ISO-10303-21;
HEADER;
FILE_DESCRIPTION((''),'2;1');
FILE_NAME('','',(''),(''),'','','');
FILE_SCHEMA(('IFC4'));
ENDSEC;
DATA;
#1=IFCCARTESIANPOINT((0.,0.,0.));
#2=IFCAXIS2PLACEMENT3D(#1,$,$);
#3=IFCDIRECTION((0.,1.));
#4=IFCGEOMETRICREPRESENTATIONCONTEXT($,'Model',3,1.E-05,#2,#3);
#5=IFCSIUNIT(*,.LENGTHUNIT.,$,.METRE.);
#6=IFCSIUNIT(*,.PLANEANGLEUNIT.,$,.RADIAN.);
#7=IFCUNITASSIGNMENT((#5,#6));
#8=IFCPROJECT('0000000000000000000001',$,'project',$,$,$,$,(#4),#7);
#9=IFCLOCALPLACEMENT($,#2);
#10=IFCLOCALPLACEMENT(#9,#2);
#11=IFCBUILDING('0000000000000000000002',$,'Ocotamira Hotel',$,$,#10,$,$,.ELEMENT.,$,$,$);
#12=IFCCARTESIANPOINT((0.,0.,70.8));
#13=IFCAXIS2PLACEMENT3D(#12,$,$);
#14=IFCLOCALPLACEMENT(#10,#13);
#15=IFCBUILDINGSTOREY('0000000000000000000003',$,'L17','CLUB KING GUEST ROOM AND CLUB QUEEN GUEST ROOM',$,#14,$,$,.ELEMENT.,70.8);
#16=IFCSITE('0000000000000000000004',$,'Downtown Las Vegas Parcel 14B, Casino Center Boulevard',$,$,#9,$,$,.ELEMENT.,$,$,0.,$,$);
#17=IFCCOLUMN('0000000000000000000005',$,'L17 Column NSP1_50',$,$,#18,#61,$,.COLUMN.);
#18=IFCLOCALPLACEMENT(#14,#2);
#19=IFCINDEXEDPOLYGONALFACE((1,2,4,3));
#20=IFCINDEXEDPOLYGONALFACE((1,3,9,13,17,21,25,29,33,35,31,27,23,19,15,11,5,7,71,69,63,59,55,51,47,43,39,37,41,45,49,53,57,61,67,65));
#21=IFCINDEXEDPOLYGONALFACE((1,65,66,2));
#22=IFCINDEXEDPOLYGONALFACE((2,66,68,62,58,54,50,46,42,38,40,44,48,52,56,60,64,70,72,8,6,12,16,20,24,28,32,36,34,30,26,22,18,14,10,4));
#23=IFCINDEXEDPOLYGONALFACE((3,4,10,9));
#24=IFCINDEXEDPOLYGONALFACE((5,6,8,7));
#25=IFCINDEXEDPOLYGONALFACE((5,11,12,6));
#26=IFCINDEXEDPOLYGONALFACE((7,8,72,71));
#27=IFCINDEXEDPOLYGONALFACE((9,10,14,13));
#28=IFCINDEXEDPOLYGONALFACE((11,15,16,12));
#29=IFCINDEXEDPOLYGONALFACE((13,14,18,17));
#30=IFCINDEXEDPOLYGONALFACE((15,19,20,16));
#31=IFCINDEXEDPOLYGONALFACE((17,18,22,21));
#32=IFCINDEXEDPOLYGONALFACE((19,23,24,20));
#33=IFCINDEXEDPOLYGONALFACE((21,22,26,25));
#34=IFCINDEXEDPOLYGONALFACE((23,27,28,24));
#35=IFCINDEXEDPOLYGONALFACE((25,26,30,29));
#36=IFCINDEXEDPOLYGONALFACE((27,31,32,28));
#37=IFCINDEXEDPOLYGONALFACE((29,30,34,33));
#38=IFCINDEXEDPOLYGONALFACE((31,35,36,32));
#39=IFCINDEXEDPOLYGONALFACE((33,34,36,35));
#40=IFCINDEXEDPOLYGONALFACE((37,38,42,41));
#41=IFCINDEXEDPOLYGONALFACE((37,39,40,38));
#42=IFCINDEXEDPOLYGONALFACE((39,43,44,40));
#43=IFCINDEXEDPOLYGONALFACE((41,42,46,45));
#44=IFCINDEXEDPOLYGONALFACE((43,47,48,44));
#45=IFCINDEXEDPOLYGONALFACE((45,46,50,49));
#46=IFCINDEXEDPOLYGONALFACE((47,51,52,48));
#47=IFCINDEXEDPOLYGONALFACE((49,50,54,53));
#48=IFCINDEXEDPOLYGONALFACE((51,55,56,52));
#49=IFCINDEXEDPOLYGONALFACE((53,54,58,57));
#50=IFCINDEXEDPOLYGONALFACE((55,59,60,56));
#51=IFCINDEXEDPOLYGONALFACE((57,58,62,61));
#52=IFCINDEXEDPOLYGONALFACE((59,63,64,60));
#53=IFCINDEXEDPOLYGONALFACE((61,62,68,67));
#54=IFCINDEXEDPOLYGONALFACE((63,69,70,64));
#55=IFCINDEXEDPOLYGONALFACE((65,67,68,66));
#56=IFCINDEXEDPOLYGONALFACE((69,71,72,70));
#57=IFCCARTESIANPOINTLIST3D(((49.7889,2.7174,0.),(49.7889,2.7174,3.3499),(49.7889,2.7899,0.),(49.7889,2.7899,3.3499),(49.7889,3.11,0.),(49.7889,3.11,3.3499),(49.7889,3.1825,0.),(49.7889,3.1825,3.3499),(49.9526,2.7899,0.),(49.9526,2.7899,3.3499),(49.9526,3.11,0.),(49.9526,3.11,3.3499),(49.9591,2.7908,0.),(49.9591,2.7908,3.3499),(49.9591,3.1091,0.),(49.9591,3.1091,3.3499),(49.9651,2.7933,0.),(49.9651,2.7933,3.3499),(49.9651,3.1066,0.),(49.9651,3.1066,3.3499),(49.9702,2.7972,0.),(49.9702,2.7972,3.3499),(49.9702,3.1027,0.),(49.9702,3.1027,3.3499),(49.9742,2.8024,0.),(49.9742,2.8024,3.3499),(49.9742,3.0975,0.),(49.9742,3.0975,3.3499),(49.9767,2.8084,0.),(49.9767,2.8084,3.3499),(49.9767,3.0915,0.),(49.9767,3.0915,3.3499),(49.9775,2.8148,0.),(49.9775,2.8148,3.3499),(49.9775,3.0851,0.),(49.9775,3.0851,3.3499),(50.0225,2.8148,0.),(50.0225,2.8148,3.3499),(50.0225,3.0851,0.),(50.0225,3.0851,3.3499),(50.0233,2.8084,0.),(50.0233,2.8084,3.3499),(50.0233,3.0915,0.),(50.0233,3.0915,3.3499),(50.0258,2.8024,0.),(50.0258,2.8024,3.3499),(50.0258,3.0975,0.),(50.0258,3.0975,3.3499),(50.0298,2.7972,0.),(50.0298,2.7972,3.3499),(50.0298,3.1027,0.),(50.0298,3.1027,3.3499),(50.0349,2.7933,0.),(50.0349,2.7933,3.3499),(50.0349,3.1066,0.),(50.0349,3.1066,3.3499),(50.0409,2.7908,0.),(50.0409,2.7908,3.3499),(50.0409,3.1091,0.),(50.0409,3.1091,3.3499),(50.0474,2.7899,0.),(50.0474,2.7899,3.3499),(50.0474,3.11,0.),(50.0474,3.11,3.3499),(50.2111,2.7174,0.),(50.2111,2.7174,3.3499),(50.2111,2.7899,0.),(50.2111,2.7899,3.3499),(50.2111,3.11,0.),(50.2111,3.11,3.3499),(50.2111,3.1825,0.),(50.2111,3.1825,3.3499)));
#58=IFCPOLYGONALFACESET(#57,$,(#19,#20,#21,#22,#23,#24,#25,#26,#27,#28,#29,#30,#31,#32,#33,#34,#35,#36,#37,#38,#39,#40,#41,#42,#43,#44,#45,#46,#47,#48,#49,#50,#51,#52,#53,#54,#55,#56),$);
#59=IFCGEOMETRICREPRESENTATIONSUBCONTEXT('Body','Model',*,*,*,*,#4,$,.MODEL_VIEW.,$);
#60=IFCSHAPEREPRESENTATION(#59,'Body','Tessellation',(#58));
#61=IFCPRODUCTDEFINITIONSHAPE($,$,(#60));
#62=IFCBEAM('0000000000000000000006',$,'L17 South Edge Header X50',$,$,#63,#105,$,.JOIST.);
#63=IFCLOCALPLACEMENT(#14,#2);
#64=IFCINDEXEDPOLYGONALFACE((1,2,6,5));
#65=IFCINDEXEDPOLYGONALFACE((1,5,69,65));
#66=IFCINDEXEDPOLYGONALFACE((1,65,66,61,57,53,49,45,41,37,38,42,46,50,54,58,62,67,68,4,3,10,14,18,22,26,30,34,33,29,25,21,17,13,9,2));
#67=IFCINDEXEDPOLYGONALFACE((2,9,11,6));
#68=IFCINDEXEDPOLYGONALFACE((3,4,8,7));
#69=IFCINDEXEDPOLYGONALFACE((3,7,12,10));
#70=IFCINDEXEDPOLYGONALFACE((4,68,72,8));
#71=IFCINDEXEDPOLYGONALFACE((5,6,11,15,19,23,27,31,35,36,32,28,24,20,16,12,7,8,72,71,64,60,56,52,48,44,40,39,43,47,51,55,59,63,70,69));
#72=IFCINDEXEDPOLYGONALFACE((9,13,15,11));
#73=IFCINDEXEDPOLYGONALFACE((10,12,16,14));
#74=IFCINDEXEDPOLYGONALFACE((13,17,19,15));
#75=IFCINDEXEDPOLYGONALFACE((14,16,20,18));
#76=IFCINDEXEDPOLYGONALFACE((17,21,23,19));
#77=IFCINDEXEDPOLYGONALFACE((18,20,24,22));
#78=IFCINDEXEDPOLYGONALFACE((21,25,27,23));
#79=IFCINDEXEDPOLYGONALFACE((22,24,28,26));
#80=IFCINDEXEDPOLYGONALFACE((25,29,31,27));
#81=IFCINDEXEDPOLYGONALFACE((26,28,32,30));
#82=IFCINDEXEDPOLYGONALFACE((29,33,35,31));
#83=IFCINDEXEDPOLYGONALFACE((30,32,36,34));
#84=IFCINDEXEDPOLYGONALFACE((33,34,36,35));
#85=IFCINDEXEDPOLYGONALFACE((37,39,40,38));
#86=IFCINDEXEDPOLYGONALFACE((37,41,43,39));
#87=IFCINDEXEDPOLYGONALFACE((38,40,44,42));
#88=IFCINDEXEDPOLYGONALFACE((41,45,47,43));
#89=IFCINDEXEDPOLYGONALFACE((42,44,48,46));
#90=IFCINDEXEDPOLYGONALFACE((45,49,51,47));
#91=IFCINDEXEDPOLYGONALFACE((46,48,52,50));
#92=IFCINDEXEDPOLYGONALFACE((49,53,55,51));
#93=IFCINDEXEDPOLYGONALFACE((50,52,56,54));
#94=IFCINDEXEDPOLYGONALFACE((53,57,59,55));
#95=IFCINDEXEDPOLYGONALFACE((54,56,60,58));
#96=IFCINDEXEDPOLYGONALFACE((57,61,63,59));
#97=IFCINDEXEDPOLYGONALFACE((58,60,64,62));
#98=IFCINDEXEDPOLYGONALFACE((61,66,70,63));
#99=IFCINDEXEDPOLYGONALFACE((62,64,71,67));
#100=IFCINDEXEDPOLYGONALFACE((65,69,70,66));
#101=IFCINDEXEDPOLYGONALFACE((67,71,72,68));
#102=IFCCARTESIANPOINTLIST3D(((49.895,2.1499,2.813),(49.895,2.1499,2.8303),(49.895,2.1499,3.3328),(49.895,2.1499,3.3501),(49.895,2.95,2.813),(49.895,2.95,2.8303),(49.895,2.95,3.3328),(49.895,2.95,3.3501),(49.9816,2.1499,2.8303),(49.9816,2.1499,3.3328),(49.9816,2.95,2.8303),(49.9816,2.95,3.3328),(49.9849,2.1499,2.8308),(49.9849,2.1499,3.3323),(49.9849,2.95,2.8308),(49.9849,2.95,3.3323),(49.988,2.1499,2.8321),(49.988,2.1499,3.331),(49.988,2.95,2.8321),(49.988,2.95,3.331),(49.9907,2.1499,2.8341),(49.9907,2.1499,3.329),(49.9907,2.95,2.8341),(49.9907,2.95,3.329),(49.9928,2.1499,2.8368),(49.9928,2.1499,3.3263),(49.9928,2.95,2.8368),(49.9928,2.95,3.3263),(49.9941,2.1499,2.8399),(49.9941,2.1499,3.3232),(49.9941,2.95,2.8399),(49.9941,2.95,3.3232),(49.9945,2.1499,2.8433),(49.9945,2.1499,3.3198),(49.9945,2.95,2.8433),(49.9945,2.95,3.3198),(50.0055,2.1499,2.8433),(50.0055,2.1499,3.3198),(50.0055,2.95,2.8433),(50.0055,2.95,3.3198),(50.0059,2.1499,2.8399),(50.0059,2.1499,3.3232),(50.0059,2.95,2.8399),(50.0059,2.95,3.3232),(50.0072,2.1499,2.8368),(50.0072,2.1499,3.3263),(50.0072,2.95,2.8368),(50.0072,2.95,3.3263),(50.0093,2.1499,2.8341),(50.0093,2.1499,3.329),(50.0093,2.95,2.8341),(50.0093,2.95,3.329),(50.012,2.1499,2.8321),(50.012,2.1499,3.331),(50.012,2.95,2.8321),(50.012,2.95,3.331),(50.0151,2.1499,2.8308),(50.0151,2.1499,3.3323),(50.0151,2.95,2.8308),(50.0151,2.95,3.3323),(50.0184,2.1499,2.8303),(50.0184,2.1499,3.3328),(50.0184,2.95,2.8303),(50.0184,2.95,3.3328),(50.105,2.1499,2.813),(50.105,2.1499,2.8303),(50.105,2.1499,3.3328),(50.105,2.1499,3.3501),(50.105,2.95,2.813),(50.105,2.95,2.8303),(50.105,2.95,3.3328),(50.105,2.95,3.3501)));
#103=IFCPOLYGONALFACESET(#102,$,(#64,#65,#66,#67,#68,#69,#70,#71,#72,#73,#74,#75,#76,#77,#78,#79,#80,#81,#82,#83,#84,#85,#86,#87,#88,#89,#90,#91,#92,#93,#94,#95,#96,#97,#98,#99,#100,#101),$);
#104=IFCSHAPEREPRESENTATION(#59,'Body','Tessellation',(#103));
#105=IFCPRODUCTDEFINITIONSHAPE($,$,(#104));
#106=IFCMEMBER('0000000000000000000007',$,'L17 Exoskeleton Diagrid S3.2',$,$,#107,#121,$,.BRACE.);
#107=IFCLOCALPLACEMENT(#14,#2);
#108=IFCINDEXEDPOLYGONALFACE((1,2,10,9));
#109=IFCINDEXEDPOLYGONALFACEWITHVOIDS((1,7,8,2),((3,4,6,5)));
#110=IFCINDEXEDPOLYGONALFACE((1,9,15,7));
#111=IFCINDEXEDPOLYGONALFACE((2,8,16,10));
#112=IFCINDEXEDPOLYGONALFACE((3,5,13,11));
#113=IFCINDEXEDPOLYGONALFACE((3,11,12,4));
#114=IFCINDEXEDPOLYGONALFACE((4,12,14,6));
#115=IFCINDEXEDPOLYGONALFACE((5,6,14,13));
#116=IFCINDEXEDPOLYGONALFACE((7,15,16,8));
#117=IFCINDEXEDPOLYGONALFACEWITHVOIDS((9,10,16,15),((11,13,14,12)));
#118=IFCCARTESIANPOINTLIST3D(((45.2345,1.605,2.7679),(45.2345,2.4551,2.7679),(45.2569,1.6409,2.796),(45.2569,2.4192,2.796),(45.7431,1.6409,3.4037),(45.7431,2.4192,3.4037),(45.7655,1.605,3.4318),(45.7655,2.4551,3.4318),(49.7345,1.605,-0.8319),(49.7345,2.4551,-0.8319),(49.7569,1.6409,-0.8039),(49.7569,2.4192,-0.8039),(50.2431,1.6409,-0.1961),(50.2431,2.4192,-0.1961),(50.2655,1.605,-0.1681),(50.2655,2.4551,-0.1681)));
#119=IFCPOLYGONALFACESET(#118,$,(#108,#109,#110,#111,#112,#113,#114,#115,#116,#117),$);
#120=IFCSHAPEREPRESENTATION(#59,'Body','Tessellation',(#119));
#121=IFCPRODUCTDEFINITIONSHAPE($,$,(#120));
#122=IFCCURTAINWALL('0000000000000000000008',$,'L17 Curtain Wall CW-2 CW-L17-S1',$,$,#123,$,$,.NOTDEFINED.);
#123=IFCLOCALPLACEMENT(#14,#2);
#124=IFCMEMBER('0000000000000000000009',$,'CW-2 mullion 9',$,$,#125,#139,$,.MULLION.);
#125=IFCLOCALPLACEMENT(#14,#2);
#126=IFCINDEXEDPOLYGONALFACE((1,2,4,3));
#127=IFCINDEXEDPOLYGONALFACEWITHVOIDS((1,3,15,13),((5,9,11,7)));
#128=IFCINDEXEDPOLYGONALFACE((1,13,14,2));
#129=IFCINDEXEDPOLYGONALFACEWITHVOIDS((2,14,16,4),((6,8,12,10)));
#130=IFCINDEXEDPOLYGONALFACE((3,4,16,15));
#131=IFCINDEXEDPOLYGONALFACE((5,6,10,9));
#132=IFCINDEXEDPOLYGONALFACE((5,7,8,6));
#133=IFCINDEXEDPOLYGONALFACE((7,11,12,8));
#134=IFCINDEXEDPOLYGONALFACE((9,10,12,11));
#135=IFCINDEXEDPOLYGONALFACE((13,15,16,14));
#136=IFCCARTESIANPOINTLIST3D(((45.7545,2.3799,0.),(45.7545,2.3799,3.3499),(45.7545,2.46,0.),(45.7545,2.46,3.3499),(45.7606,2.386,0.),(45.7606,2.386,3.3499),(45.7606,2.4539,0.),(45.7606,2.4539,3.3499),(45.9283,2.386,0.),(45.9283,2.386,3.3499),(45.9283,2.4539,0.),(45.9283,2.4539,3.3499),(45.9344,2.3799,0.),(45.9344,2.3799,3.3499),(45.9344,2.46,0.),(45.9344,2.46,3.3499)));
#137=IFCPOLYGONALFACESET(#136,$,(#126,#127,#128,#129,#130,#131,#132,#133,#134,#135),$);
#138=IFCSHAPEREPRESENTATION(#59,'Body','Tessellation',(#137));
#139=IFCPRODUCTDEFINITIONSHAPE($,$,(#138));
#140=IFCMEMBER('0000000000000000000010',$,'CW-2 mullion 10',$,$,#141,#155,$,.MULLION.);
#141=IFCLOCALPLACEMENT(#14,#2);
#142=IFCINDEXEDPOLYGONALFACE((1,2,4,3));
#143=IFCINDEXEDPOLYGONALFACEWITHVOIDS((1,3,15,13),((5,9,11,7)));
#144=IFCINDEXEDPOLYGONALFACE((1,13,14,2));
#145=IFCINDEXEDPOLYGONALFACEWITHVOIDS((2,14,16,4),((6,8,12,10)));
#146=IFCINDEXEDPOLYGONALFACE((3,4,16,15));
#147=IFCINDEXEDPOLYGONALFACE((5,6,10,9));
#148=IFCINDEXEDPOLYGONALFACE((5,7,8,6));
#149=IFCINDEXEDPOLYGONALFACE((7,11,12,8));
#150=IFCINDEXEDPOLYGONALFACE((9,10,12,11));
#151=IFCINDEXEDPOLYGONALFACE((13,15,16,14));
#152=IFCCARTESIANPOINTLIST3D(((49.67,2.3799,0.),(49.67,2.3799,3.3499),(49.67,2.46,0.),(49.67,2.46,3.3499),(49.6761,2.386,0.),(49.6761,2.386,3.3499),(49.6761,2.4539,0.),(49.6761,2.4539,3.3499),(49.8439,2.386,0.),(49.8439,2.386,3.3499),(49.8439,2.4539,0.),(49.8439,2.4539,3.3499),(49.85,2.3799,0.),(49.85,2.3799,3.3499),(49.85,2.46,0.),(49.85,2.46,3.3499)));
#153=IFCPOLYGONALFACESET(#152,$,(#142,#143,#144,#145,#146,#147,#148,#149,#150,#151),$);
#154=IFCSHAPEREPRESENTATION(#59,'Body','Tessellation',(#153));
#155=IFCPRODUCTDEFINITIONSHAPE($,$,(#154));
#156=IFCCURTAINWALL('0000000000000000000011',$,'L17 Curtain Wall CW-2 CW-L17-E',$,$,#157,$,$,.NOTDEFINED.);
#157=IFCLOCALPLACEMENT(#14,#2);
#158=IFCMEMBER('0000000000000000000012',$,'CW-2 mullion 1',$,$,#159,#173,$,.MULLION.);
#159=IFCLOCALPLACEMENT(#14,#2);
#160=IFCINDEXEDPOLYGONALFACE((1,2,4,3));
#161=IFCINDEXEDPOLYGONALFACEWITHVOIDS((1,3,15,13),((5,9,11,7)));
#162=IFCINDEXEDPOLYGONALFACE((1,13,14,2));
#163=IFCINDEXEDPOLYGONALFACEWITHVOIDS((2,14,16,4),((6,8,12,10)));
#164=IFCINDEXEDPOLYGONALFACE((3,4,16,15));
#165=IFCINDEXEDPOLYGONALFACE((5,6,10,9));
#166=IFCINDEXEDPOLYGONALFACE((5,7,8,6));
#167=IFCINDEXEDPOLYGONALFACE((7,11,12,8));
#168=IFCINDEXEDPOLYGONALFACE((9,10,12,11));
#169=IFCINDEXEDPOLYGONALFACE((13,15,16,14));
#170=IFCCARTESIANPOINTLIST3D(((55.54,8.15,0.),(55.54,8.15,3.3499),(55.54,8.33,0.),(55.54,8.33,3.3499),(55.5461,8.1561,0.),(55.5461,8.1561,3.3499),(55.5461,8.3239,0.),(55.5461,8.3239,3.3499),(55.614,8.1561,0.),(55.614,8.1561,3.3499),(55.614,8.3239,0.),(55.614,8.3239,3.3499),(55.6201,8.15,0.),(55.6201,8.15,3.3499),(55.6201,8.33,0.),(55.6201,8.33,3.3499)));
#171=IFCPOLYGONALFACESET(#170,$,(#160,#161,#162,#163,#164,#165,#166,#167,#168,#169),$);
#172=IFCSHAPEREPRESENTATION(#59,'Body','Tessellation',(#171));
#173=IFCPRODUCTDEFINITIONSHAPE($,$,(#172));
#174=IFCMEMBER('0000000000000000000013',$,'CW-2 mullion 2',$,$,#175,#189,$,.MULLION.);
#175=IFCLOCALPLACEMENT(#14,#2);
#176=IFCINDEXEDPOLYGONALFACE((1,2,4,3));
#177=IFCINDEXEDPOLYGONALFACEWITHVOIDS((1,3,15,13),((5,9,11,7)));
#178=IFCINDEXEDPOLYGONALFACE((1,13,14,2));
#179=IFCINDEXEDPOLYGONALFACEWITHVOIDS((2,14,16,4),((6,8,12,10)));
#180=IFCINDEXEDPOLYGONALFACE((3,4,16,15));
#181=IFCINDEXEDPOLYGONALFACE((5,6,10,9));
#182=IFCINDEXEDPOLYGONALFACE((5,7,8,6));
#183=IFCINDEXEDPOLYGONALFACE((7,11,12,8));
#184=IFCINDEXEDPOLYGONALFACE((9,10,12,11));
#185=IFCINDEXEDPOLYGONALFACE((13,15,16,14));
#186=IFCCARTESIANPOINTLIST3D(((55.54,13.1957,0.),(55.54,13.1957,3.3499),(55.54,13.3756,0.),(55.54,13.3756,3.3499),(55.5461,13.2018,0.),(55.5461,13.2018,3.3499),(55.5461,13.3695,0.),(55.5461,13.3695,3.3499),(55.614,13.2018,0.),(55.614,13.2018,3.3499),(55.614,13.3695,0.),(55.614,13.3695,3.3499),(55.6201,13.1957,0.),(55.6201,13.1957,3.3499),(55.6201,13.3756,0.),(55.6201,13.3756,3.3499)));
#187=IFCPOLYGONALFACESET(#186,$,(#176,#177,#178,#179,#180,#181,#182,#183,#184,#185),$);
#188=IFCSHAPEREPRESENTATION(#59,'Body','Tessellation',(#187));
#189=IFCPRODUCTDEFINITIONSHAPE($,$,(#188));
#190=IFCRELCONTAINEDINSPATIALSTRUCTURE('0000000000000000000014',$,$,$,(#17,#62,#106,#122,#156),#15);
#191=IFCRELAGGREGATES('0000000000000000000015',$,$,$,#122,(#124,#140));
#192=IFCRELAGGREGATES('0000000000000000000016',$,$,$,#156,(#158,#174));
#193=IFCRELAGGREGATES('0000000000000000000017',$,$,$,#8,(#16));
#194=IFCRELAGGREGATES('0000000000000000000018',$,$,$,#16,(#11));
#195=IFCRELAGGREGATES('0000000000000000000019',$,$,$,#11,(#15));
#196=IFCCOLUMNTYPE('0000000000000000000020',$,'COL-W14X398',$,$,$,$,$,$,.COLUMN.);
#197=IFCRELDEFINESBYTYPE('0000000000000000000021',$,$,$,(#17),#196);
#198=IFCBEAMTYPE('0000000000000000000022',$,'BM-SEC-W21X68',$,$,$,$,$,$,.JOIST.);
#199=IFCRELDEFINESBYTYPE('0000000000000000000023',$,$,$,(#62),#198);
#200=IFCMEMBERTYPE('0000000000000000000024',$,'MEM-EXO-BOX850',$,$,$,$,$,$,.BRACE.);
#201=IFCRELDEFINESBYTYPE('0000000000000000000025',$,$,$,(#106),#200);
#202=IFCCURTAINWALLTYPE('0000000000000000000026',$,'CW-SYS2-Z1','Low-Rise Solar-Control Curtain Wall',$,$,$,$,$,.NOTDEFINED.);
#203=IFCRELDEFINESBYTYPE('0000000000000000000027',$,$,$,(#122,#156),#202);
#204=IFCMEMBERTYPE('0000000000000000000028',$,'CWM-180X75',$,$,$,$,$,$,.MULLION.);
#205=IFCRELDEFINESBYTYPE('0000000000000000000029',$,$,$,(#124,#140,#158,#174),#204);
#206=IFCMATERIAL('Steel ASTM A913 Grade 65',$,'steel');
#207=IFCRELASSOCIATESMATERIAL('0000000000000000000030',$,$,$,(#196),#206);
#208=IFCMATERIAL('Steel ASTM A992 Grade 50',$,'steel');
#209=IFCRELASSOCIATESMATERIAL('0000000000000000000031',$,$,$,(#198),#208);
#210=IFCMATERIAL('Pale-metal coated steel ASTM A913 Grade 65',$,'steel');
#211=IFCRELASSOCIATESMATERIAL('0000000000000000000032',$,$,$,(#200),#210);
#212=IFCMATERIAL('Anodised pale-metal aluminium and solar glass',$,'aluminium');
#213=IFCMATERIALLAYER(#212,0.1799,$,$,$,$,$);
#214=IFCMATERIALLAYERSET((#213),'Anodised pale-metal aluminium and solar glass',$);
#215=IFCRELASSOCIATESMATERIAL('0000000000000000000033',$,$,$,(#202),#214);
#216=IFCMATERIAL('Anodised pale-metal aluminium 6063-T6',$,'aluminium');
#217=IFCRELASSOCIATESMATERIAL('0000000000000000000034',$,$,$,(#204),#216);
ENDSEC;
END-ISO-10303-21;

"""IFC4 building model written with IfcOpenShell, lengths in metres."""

from ifc_helpers import new_model, si_unit, direction, frame, origin, origin_2d, place, context, subcontext, project, spatial, hollow_rectangle, i_section, extrude, source, transform, mapped, material, layer, layer_set, material_profile, profile_set, type_object, element, aggregate, save


model = new_model("IFC4")

# Units and contexts
model_context = context("Model", 3, precision=1e-05, world=origin(), true_north=direction((0.0, 1.0)))
body_context = subcontext(model_context, "Body", "Model", "MODEL_VIEW")
ifc_project = project(units=[si_unit("LENGTHUNIT", "METRE"), si_unit("PLANEANGLEUNIT", "RADIAN")], contexts=[model_context])

# Site, building, storey
site_placement = place(None, origin())
site = spatial("IfcSite", under=ifc_project, at=site_placement, Name="Downtown Las Vegas Parcel 14B, Casino Center Boulevard", CompositionType="ELEMENT", RefElevation=0.0)
building_placement = place(site_placement, origin())
building = spatial("IfcBuilding", under=site, at=building_placement, Name="Ocotamira Hotel", CompositionType="ELEMENT")
storey_placement = place(building_placement, frame((0.0, 0.0, 70.8)))
storey = spatial("IfcBuildingStorey", under=building, at=storey_placement, Name="L17", Description="CLUB KING GUEST ROOM AND CLUB QUEEN GUEST ROOM", CompositionType="ELEMENT", Elevation=70.8)

# Column
ifc_material_1 = material(Name="Steel ASTM A913 Grade 65", Category="steel")
ifc_material_profile_1 = material_profile(ifc_material_1, i_section(OverallWidth=0.4221, OverallDepth=0.4651, WebThickness=0.0449, FlangeThickness=0.0725, FilletRadius=0.0249, at=origin_2d()), Name="W14X398")
ifc_profile_set_1 = profile_set([ifc_material_profile_1], Name="Steel ASTM A913 Grade 65")
column_type = type_object("IfcColumnType", Name="COL-W14X398", PredefinedType="COLUMN", material=ifc_profile_set_1)
shared_shape_1 = source(origin(), body_context, "Body", "SweptSolid", [
    extrude(i_section(OverallWidth=0.4221, OverallDepth=0.4651, WebThickness=0.0449, FlangeThickness=0.0725, FilletRadius=0.0249, at=origin_2d()), origin(), (0.0, 0.0, 1.0), 3.3499),
])
column_placement = place(storey_placement, frame((50.0, 2.95, 0.0), z_axis=(0.0, 0.0, 1.0), x_axis=(1.0, 0.0, 0.0)))
element("IfcColumn", 1, at=column_placement, inside=storey, type_object=column_type, Name="L17 Column NSP1_50", PredefinedType="COLUMN", context=body_context, shape_type="MappedRepresentation", body=[
    mapped(shared_shape_1, transform((0.0, 0.0, 0.0), scale=1.0)),
])

# Beam
ifc_material_2 = material(Name="Steel ASTM A992 Grade 50", Category="steel")
ifc_material_profile_2 = material_profile(ifc_material_2, i_section(OverallWidth=0.21, OverallDepth=0.5371, WebThickness=0.011, FlangeThickness=0.0173, FilletRadius=0.0129, at=origin_2d()), Name="W21X68")
ifc_profile_set_2 = profile_set([ifc_material_profile_2], Name="Steel ASTM A992 Grade 50")
beam_type = type_object("IfcBeamType", Name="BM-SEC-W21X68", PredefinedType="JOIST", material=ifc_profile_set_2)
shared_shape_2 = source(origin(), body_context, "Body", "SweptSolid", [
    extrude(i_section(OverallWidth=0.21, OverallDepth=0.5371, WebThickness=0.011, FlangeThickness=0.0173, FilletRadius=0.0129, at=origin_2d()), origin(), (0.0, 0.0, 1.0), 0.8),
])
beam_placement = place(storey_placement, frame((50.0, 2.95, 3.0815), z_axis=(0.0, -1.0, 0.0), x_axis=(1.0, 0.0, 0.0)))
element("IfcBeam", 2, at=beam_placement, inside=storey, type_object=beam_type, Name="L17 South Edge Header X50", PredefinedType="JOIST", context=body_context, shape_type="MappedRepresentation", body=[
    mapped(shared_shape_2, transform((0.0, 0.0, 0.0), scale=1.0)),
])

# Member
ifc_material_3 = material(Name="Pale-metal coated steel ASTM A913 Grade 65", Category="steel")
ifc_material_profile_3 = material_profile(ifc_material_3, hollow_rectangle(XDim=0.8501, YDim=0.8501, WallThickness=0.0359, at=origin_2d()), Name="BOX850X850X36")
ifc_profile_set_3 = profile_set([ifc_material_profile_3], Name="Pale-metal coated steel ASTM A913 Grade 65")
member_type_1 = type_object("IfcMemberType", Name="MEM-EXO-BOX850", PredefinedType="BRACE", material=ifc_profile_set_3)
shared_shape_3 = source(origin(), body_context, "Body", "SweptSolid", [
    extrude(hollow_rectangle(XDim=0.8501, YDim=0.8501, WallThickness=0.0359, at=origin_2d()), origin(), (0.0, 0.0, 1.0), 5.7627),
])
member_1_placement = place(storey_placement, frame((50.0, 2.03, -0.5), z_axis=(-0.780881, 0.0, 0.62468), x_axis=(0.0, -1.0, 0.0)))
element("IfcMember", 3, at=member_1_placement, inside=storey, type_object=member_type_1, Name="L17 Exoskeleton Diagrid S3.2", PredefinedType="BRACE", context=body_context, shape_type="MappedRepresentation", body=[
    mapped(shared_shape_3, transform((0.0, 0.0, 0.0), scale=1.0)),
])

# Curtain walls, members
ifc_material_4 = material(Name="Anodised pale-metal aluminium and solar glass", Category="aluminium")
ifc_layer_1 = layer(ifc_material_4, 0.1799)
ifc_layer_set_1 = layer_set([ifc_layer_1], Name="Anodised pale-metal aluminium and solar glass")
curtain_wall_type = type_object("IfcCurtainWallType", Name="CW-SYS2-Z1", Description="Low-Rise Solar-Control Curtain Wall", PredefinedType="NOTDEFINED", material=ifc_layer_set_1)
curtain_wall_1_placement = place(storey_placement, origin())
curtain_wall_1 = element("IfcCurtainWall", 4, at=curtain_wall_1_placement, inside=storey, type_object=curtain_wall_type, Name="L17 Curtain Wall CW-2 CW-L17-S1", PredefinedType="NOTDEFINED")
ifc_material_5 = material(Name="Anodised pale-metal aluminium 6063-T6", Category="aluminium")
ifc_material_profile_4 = material_profile(ifc_material_5, hollow_rectangle(XDim=0.0801, YDim=0.1799, WallThickness=0.0061, at=origin_2d()), Name="HSS180X80X6")
ifc_profile_set_4 = profile_set([ifc_material_profile_4], Name="Anodised pale-metal aluminium 6063-T6")
member_type_2 = type_object("IfcMemberType", Name="CWM-180X75", PredefinedType="MULLION", material=ifc_profile_set_4)
shared_shape_4 = source(origin(), body_context, "Body", "SweptSolid", [
    extrude(hollow_rectangle(XDim=0.0801, YDim=0.1799, WallThickness=0.0061, at=origin_2d()), origin(), (0.0, 0.0, 1.0), 3.3499),
])
member_2_placement = place(storey_placement, frame((45.8445, 2.4199, 0.0), z_axis=(0.0, 0.0, 1.0), x_axis=(0.0, 1.0, 0.0)))
member_2 = element("IfcMember", 5, at=member_2_placement, type_object=member_type_2, Name="CW-2 mullion 9", PredefinedType="MULLION", context=body_context, shape_type="MappedRepresentation", body=[
    mapped(shared_shape_4, transform((0.0, 0.0, 0.0), scale=1.0)),
])
member_3_placement = place(storey_placement, frame((49.76, 2.4199, 0.0), z_axis=(0.0, 0.0, 1.0), x_axis=(0.0, 1.0, 0.0)))
member_3 = element("IfcMember", 6, at=member_3_placement, type_object=member_type_2, Name="CW-2 mullion 10", PredefinedType="MULLION", context=body_context, shape_type="MappedRepresentation", body=[
    mapped(shared_shape_4, transform((0.0, 0.0, 0.0), scale=1.0)),
])
curtain_wall_2_placement = place(storey_placement, origin())
curtain_wall_2 = element("IfcCurtainWall", 7, at=curtain_wall_2_placement, inside=storey, type_object=curtain_wall_type, Name="L17 Curtain Wall CW-2 CW-L17-E", PredefinedType="NOTDEFINED")
member_4_placement = place(storey_placement, frame((55.5801, 8.24, 0.0), z_axis=(0.0, 0.0, 1.0), x_axis=(-1.0, 0.0, 0.0)))
member_4 = element("IfcMember", 8, at=member_4_placement, type_object=member_type_2, Name="CW-2 mullion 1", PredefinedType="MULLION", context=body_context, shape_type="MappedRepresentation", body=[
    mapped(shared_shape_4, transform((0.0, 0.0, 0.0), scale=1.0)),
])
member_5_placement = place(storey_placement, frame((55.5801, 13.2856, 0.0), z_axis=(0.0, 0.0, 1.0), x_axis=(-1.0, 0.0, 0.0)))
member_5 = element("IfcMember", 9, at=member_5_placement, type_object=member_type_2, Name="CW-2 mullion 2", PredefinedType="MULLION", context=body_context, shape_type="MappedRepresentation", body=[
    mapped(shared_shape_4, transform((0.0, 0.0, 0.0), scale=1.0)),
])

aggregate(curtain_wall_1, [member_2, member_3])
aggregate(curtain_wall_2, [member_4, member_5])

save(model, "model.ifc")
